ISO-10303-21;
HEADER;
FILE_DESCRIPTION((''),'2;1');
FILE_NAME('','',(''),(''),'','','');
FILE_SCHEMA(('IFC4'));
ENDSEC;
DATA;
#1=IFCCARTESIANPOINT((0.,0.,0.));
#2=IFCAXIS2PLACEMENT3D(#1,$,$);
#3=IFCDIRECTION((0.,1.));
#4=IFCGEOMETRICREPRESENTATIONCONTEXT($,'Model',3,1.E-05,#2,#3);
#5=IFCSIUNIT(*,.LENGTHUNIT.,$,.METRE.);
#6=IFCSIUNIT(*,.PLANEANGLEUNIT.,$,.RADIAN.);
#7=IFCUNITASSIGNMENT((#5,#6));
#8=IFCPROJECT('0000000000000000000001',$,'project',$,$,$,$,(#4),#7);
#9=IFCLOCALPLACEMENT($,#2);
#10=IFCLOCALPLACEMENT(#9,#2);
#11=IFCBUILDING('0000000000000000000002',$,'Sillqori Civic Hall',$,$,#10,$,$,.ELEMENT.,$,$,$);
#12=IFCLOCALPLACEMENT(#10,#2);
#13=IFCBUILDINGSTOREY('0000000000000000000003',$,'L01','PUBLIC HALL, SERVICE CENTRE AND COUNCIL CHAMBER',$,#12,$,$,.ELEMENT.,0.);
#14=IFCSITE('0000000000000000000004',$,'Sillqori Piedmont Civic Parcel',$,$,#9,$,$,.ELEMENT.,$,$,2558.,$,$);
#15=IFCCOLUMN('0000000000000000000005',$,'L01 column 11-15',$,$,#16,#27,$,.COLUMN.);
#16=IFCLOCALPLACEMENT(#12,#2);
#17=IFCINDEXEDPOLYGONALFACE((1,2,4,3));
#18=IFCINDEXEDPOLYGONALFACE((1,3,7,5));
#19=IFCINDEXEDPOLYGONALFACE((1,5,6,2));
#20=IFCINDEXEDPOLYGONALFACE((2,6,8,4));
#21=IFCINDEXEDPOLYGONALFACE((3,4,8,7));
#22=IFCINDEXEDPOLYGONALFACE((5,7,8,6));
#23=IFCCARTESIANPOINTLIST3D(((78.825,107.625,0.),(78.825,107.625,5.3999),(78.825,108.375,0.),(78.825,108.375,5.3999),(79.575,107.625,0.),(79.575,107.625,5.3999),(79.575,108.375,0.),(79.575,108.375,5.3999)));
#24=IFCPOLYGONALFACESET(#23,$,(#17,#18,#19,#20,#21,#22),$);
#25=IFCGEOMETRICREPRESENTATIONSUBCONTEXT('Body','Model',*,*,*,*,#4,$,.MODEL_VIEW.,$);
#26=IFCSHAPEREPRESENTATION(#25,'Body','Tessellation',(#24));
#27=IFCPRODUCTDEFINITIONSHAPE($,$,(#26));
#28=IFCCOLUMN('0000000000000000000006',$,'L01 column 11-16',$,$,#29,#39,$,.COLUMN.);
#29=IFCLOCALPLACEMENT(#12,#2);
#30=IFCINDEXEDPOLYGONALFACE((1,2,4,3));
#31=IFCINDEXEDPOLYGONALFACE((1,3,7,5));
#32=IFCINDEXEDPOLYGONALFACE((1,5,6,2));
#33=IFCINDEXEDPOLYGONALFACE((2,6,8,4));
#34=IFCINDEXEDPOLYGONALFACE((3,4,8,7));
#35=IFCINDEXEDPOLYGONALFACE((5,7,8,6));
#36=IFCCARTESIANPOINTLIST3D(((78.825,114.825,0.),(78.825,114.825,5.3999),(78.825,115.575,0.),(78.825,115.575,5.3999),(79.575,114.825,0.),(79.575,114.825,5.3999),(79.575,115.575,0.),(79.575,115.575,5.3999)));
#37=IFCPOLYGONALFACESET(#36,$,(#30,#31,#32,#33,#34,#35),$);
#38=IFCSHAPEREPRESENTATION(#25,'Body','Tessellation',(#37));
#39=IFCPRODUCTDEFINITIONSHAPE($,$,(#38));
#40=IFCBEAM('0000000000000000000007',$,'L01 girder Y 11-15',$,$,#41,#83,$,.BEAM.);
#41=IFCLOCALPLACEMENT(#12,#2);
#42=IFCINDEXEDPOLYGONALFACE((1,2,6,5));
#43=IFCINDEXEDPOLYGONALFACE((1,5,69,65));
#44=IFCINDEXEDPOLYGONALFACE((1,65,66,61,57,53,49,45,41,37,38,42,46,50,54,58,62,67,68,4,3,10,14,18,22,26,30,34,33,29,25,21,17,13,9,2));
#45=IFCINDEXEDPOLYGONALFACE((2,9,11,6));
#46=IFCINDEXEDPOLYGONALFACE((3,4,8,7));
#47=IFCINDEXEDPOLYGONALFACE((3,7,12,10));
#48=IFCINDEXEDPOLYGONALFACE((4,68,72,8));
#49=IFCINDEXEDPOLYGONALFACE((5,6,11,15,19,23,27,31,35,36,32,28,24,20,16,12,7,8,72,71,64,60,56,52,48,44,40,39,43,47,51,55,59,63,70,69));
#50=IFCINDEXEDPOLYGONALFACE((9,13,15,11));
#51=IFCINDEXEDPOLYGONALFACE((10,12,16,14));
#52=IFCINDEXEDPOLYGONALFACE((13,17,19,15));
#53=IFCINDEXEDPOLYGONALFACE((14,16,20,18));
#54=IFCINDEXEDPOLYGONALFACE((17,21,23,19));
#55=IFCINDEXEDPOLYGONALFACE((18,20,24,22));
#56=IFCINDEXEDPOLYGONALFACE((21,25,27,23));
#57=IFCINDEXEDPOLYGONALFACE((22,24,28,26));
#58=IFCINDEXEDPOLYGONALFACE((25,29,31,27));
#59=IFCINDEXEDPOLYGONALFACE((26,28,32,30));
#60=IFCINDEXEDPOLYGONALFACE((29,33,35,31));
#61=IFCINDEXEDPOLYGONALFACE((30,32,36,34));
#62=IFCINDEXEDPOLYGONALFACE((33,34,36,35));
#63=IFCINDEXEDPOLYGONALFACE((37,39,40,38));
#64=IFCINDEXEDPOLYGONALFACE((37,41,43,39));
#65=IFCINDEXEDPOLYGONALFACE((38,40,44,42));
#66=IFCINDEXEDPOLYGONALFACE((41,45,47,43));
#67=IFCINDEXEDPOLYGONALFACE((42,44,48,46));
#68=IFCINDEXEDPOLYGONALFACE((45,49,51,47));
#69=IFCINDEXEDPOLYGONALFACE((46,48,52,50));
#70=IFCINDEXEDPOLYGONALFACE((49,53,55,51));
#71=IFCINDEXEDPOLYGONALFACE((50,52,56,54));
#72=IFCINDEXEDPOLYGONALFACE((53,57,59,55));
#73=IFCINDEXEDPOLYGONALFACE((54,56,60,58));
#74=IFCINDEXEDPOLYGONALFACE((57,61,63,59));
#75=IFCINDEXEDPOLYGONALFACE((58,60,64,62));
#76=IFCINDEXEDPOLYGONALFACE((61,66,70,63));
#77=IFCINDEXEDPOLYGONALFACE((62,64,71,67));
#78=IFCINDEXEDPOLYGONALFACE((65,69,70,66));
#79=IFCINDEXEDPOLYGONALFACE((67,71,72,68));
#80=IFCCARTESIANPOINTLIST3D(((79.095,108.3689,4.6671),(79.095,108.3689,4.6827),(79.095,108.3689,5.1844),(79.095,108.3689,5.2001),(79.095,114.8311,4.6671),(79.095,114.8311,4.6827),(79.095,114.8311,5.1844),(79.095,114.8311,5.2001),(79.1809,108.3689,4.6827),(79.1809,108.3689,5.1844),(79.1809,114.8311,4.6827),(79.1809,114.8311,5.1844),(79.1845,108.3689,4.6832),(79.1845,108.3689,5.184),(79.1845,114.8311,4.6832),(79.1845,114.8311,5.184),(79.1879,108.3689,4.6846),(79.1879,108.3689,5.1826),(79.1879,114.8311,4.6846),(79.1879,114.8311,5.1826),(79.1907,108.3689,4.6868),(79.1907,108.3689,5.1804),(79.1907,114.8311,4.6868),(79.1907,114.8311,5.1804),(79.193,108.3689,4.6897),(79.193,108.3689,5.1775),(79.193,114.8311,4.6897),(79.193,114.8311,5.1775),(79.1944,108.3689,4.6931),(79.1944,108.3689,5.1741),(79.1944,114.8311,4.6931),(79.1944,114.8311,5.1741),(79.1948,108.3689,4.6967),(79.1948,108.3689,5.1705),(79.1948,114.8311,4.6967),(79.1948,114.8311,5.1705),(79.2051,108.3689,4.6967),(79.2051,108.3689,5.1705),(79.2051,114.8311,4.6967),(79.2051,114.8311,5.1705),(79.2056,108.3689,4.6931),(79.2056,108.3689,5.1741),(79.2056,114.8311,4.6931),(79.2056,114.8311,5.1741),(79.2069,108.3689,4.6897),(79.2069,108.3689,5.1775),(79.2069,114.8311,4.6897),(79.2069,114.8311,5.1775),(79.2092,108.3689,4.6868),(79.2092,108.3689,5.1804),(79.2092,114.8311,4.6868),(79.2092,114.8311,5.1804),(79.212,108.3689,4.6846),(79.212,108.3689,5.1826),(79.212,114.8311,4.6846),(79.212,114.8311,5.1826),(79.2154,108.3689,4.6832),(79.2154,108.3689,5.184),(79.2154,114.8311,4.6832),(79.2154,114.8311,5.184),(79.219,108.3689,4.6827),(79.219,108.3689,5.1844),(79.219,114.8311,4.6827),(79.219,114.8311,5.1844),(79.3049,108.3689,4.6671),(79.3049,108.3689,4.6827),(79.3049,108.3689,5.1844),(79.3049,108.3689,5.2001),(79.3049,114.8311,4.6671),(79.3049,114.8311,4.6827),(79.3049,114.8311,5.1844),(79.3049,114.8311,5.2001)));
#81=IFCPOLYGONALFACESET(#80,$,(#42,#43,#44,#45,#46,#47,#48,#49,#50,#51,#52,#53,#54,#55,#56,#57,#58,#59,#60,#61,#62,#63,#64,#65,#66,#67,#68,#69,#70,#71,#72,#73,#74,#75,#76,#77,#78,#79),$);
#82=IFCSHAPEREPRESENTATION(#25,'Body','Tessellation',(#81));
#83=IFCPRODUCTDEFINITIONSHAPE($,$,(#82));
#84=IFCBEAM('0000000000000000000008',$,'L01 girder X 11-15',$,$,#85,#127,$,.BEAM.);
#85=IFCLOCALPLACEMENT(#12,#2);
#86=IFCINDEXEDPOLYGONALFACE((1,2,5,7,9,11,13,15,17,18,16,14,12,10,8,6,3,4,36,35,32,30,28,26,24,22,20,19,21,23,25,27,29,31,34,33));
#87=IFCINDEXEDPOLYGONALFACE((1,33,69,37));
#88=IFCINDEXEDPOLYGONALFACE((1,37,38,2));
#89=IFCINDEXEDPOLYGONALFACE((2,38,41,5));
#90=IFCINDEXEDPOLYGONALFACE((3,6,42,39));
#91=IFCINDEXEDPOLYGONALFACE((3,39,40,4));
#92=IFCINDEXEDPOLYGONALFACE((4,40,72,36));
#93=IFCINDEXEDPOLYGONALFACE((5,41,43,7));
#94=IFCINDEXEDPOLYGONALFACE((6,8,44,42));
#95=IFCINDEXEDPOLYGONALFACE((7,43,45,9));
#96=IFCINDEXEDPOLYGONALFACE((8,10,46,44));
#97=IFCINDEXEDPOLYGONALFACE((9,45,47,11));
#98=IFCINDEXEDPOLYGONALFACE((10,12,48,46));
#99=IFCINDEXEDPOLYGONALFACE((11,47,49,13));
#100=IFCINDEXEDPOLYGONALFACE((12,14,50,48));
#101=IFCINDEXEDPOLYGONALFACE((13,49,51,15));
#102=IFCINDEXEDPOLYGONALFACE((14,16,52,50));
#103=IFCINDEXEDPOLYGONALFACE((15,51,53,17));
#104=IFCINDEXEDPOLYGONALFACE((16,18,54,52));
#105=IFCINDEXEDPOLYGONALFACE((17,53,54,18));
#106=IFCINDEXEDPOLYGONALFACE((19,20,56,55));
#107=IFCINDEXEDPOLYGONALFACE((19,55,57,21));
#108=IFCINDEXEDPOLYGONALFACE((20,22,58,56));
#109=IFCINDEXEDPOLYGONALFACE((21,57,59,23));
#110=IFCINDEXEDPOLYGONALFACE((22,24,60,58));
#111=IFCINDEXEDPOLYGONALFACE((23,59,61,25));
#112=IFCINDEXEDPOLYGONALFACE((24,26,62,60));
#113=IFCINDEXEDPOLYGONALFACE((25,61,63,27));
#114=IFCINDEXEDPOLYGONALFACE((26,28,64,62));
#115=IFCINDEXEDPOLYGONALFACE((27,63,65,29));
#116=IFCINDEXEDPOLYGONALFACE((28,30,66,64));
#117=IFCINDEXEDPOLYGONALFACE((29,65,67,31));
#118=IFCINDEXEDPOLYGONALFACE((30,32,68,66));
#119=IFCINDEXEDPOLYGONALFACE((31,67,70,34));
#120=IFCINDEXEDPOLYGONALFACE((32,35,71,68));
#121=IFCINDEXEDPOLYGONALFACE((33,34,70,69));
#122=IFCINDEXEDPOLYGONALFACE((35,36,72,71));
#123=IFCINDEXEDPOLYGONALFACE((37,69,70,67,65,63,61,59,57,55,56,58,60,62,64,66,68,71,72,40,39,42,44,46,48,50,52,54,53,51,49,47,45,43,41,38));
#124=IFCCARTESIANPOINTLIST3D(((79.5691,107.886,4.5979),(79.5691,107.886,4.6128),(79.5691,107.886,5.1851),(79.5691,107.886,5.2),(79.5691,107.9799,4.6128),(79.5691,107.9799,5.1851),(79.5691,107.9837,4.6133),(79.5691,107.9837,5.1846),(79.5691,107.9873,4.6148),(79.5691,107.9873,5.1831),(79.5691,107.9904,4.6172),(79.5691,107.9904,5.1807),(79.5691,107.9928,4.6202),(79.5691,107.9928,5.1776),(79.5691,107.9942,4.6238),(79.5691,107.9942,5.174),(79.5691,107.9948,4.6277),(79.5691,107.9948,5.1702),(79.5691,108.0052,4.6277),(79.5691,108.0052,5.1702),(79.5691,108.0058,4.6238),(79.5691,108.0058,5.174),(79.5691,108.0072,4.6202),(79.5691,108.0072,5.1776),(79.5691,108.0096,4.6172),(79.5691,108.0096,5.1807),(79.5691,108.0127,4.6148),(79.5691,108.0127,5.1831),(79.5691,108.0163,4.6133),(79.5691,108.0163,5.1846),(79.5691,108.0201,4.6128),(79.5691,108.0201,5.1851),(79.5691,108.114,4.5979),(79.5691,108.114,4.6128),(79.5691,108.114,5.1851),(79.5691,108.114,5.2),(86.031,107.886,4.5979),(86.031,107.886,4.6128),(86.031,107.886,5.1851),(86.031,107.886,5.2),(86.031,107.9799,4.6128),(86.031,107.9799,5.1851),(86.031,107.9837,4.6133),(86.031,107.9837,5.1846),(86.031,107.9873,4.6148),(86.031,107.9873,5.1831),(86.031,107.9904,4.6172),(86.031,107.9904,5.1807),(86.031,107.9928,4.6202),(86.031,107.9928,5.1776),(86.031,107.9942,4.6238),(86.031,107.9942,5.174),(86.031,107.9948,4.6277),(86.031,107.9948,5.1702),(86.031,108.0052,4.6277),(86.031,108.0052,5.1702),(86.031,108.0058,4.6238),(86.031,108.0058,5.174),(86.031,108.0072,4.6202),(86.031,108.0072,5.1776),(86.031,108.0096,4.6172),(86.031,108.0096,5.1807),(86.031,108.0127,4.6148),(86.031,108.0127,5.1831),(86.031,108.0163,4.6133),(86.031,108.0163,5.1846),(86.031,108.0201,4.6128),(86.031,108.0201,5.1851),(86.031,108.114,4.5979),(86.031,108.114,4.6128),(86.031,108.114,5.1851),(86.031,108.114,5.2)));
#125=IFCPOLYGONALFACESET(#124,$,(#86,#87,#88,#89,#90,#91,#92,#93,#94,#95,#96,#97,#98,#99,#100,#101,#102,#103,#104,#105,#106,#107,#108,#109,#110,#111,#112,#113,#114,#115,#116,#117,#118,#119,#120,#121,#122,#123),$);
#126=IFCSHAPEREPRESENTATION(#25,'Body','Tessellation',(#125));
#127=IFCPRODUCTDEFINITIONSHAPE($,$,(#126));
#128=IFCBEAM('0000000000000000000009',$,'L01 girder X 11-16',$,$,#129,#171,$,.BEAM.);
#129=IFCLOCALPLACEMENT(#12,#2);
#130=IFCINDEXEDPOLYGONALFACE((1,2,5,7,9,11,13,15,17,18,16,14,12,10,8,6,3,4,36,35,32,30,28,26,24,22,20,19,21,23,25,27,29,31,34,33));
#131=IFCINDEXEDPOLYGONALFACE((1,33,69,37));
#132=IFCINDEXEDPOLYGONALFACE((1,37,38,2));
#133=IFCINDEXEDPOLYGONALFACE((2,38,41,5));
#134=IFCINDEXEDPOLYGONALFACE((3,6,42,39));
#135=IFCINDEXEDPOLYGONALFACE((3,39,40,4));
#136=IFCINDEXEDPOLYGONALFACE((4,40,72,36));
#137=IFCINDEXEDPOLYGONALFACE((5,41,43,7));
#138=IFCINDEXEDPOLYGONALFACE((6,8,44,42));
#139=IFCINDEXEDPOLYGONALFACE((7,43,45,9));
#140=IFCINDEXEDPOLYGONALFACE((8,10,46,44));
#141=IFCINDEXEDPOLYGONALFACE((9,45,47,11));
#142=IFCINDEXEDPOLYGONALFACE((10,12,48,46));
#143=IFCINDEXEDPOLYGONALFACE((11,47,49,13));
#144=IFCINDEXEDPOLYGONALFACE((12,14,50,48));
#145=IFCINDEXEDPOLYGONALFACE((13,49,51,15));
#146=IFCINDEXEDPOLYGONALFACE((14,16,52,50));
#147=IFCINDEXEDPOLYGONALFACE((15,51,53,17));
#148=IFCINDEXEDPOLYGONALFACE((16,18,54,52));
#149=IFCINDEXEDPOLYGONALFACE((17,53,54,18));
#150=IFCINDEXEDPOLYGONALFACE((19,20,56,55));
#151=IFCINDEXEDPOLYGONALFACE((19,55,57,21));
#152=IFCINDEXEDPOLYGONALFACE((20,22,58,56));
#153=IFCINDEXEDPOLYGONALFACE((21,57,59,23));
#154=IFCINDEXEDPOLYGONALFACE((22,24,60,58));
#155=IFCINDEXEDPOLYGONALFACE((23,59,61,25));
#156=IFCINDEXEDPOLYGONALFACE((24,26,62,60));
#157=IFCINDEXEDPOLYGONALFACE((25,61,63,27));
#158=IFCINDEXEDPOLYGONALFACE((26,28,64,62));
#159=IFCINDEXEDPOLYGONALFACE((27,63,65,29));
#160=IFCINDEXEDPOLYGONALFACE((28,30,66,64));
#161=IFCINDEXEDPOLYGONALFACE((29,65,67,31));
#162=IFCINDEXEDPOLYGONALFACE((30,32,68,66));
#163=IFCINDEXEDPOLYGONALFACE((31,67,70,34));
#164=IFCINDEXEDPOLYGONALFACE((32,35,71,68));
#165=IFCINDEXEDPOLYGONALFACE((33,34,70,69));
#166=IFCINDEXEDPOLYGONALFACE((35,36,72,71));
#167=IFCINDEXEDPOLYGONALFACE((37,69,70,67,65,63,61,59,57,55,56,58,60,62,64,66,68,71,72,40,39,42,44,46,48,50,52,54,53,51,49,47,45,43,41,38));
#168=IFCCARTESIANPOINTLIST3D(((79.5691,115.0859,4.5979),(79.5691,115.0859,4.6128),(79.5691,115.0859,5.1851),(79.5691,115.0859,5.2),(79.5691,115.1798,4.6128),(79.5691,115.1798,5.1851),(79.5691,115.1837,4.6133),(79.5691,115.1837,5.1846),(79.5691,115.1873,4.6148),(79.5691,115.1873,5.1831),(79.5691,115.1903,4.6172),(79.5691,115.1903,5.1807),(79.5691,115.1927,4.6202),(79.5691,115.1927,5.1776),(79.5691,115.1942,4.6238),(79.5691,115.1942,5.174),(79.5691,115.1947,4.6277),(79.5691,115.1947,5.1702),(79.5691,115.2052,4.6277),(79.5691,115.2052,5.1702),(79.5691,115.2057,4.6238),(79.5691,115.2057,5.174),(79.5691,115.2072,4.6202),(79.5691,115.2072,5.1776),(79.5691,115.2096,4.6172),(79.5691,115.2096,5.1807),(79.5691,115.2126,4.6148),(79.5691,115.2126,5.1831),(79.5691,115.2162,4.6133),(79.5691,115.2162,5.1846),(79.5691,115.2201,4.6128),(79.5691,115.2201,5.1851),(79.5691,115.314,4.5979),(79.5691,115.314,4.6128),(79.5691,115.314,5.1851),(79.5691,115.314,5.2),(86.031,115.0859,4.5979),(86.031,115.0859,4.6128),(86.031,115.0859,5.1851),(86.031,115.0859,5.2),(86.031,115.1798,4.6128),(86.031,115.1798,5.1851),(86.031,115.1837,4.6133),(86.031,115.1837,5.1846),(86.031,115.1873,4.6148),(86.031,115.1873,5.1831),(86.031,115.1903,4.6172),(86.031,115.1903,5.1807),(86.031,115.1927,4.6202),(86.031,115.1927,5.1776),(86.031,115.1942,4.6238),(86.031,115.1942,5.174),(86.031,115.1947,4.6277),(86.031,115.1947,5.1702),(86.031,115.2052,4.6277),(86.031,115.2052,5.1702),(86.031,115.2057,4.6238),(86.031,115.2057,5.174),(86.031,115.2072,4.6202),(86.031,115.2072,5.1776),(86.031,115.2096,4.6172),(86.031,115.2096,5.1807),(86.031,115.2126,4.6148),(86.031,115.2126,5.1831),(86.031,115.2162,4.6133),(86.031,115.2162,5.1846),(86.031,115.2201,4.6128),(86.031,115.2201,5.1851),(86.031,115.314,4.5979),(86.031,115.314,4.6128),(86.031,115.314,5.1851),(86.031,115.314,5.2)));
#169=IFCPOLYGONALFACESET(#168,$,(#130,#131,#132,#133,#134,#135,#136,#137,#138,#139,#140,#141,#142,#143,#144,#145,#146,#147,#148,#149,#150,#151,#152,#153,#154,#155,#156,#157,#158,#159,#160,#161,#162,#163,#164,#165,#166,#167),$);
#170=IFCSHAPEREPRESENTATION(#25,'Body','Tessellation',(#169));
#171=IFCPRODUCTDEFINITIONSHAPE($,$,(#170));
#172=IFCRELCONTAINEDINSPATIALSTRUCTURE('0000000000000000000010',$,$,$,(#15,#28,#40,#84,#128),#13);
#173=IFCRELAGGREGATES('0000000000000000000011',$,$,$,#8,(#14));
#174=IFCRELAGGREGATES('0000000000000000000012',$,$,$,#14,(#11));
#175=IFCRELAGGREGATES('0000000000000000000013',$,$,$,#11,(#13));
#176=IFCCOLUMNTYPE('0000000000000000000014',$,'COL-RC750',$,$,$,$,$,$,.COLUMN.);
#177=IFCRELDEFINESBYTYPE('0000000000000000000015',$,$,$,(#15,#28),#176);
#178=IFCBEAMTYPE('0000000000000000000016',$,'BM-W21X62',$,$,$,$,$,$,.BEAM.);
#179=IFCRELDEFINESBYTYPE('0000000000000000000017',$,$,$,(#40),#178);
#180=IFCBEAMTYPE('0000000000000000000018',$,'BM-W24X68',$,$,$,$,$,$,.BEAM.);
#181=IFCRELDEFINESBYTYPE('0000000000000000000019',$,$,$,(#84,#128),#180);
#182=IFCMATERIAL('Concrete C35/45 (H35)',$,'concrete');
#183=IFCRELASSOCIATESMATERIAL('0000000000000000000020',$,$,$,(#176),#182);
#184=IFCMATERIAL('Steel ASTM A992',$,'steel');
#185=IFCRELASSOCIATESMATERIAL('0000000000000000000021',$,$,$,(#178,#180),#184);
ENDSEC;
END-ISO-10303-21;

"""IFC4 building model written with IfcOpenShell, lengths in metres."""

from ifc_helpers import new_model, si_unit, direction, frame, origin, origin_2d, place, context, subcontext, project, spatial, rectangle, i_section, extrude, material, material_profile, profile_set, type_object, element, save


model = new_model("IFC4")

# Units and contexts
model_context = context("Model", 3, precision=1e-05, world=origin(), true_north=direction((0.0, 1.0)))
body_context = subcontext(model_context, "Body", "Model", "MODEL_VIEW")
ifc_project = project(units=[si_unit("LENGTHUNIT", "METRE"), si_unit("PLANEANGLEUNIT", "RADIAN")], contexts=[model_context])

# Site, building, storey
site_placement = place(None, origin())
site = spatial("IfcSite", under=ifc_project, at=site_placement, Name="Sillqori Piedmont Civic Parcel", CompositionType="ELEMENT", RefElevation=2558.0)
building_placement = place(site_placement, origin())
building = spatial("IfcBuilding", under=site, at=building_placement, Name="Sillqori Civic Hall", CompositionType="ELEMENT")
storey_placement = place(building_placement, origin())
storey = spatial("IfcBuildingStorey", under=building, at=storey_placement, Name="L01", Description="PUBLIC HALL, SERVICE CENTRE AND COUNCIL CHAMBER", CompositionType="ELEMENT", Elevation=0.0)

# Columns
ifc_material_1 = material(Name="Concrete C35/45 (H35)", Category="concrete")
ifc_material_profile_1 = material_profile(ifc_material_1, rectangle(XDim=0.75, YDim=0.75, at=origin_2d()), Name="RC 750x750")
ifc_profile_set_1 = profile_set([ifc_material_profile_1], Name="Concrete C35/45 (H35)")
column_type = type_object("IfcColumnType", Name="COL-RC750", PredefinedType="COLUMN", material=ifc_profile_set_1)
for number, where, z_axis, x_axis, name in (
    (1, (79.2, 108.0, 0.0), (0.0, 0.0, 1.0), (1.0, 0.0, 0.0), "L01 column 11-15"),
    (2, (79.2, 115.2, 0.0), (0.0, 0.0, 1.0), (1.0, 0.0, 0.0), "L01 column 11-16"),
):
    element("IfcColumn", number, at=place(storey_placement, frame(where, z_axis=z_axis, x_axis=x_axis)), inside=storey, type_object=column_type, Name=name, PredefinedType="COLUMN", context=body_context, shape_type="SweptSolid", body=[
        extrude(rectangle(XDim=0.75, YDim=0.75, at=origin_2d()), origin(), (0.0, 0.0, 1.0), 5.3999),
    ])

# Beams
ifc_material_2 = material(Name="Steel ASTM A992", Category="steel")
ifc_material_profile_2 = material_profile(ifc_material_2, i_section(OverallWidth=0.21, OverallDepth=0.533, WebThickness=0.0103, FlangeThickness=0.0156, FilletRadius=0.0139, at=origin_2d()), Name="W21X62")
ifc_profile_set_2 = profile_set([ifc_material_profile_2], Name="Steel ASTM A992")
beam_type_1 = type_object("IfcBeamType", Name="BM-W21X62", PredefinedType="BEAM", material=ifc_profile_set_2)
beam_placement = place(storey_placement, frame((79.2, 108.3689, 4.9336), z_axis=(0.0, 1.0, 0.0), x_axis=(-1.0, 0.0, 0.0)))
element("IfcBeam", 3, at=beam_placement, inside=storey, type_object=beam_type_1, Name="L01 girder Y 11-15", PredefinedType="BEAM", context=body_context, shape_type="SweptSolid", body=[
    extrude(i_section(OverallWidth=0.21, OverallDepth=0.533, WebThickness=0.0103, FlangeThickness=0.0156, FilletRadius=0.0139, at=origin_2d()), origin(), (0.0, 0.0, 1.0), 6.4622),
])
ifc_material_profile_3 = material_profile(ifc_material_2, i_section(OverallWidth=0.228, OverallDepth=0.6021, WebThickness=0.0105, FlangeThickness=0.0149, FilletRadius=0.0149, at=origin_2d()), Name="W24X68")
ifc_profile_set_3 = profile_set([ifc_material_profile_3], Name="Steel ASTM A992")
beam_type_2 = type_object("IfcBeamType", Name="BM-W24X68", PredefinedType="BEAM", material=ifc_profile_set_3)
for number, where, z_axis, x_axis, name in (
    (4, (79.5691, 108.0, 4.8989), (1.0, 0.0, 0.0), (0.0, 1.0, 0.0), "L01 girder X 11-15"),
    (5, (79.5691, 115.2, 4.8989), (1.0, 0.0, 0.0), (0.0, 1.0, 0.0), "L01 girder X 11-16"),
):
    element("IfcBeam", number, at=place(storey_placement, frame(where, z_axis=z_axis, x_axis=x_axis)), inside=storey, type_object=beam_type_2, Name=name, PredefinedType="BEAM", context=body_context, shape_type="SweptSolid", body=[
        extrude(i_section(OverallWidth=0.228, OverallDepth=0.6021, WebThickness=0.0105, FlangeThickness=0.0149, FilletRadius=0.0149, at=origin_2d()), origin(), (0.0, 0.0, 1.0), 6.4619),
    ])

save(model, "model.ifc")
